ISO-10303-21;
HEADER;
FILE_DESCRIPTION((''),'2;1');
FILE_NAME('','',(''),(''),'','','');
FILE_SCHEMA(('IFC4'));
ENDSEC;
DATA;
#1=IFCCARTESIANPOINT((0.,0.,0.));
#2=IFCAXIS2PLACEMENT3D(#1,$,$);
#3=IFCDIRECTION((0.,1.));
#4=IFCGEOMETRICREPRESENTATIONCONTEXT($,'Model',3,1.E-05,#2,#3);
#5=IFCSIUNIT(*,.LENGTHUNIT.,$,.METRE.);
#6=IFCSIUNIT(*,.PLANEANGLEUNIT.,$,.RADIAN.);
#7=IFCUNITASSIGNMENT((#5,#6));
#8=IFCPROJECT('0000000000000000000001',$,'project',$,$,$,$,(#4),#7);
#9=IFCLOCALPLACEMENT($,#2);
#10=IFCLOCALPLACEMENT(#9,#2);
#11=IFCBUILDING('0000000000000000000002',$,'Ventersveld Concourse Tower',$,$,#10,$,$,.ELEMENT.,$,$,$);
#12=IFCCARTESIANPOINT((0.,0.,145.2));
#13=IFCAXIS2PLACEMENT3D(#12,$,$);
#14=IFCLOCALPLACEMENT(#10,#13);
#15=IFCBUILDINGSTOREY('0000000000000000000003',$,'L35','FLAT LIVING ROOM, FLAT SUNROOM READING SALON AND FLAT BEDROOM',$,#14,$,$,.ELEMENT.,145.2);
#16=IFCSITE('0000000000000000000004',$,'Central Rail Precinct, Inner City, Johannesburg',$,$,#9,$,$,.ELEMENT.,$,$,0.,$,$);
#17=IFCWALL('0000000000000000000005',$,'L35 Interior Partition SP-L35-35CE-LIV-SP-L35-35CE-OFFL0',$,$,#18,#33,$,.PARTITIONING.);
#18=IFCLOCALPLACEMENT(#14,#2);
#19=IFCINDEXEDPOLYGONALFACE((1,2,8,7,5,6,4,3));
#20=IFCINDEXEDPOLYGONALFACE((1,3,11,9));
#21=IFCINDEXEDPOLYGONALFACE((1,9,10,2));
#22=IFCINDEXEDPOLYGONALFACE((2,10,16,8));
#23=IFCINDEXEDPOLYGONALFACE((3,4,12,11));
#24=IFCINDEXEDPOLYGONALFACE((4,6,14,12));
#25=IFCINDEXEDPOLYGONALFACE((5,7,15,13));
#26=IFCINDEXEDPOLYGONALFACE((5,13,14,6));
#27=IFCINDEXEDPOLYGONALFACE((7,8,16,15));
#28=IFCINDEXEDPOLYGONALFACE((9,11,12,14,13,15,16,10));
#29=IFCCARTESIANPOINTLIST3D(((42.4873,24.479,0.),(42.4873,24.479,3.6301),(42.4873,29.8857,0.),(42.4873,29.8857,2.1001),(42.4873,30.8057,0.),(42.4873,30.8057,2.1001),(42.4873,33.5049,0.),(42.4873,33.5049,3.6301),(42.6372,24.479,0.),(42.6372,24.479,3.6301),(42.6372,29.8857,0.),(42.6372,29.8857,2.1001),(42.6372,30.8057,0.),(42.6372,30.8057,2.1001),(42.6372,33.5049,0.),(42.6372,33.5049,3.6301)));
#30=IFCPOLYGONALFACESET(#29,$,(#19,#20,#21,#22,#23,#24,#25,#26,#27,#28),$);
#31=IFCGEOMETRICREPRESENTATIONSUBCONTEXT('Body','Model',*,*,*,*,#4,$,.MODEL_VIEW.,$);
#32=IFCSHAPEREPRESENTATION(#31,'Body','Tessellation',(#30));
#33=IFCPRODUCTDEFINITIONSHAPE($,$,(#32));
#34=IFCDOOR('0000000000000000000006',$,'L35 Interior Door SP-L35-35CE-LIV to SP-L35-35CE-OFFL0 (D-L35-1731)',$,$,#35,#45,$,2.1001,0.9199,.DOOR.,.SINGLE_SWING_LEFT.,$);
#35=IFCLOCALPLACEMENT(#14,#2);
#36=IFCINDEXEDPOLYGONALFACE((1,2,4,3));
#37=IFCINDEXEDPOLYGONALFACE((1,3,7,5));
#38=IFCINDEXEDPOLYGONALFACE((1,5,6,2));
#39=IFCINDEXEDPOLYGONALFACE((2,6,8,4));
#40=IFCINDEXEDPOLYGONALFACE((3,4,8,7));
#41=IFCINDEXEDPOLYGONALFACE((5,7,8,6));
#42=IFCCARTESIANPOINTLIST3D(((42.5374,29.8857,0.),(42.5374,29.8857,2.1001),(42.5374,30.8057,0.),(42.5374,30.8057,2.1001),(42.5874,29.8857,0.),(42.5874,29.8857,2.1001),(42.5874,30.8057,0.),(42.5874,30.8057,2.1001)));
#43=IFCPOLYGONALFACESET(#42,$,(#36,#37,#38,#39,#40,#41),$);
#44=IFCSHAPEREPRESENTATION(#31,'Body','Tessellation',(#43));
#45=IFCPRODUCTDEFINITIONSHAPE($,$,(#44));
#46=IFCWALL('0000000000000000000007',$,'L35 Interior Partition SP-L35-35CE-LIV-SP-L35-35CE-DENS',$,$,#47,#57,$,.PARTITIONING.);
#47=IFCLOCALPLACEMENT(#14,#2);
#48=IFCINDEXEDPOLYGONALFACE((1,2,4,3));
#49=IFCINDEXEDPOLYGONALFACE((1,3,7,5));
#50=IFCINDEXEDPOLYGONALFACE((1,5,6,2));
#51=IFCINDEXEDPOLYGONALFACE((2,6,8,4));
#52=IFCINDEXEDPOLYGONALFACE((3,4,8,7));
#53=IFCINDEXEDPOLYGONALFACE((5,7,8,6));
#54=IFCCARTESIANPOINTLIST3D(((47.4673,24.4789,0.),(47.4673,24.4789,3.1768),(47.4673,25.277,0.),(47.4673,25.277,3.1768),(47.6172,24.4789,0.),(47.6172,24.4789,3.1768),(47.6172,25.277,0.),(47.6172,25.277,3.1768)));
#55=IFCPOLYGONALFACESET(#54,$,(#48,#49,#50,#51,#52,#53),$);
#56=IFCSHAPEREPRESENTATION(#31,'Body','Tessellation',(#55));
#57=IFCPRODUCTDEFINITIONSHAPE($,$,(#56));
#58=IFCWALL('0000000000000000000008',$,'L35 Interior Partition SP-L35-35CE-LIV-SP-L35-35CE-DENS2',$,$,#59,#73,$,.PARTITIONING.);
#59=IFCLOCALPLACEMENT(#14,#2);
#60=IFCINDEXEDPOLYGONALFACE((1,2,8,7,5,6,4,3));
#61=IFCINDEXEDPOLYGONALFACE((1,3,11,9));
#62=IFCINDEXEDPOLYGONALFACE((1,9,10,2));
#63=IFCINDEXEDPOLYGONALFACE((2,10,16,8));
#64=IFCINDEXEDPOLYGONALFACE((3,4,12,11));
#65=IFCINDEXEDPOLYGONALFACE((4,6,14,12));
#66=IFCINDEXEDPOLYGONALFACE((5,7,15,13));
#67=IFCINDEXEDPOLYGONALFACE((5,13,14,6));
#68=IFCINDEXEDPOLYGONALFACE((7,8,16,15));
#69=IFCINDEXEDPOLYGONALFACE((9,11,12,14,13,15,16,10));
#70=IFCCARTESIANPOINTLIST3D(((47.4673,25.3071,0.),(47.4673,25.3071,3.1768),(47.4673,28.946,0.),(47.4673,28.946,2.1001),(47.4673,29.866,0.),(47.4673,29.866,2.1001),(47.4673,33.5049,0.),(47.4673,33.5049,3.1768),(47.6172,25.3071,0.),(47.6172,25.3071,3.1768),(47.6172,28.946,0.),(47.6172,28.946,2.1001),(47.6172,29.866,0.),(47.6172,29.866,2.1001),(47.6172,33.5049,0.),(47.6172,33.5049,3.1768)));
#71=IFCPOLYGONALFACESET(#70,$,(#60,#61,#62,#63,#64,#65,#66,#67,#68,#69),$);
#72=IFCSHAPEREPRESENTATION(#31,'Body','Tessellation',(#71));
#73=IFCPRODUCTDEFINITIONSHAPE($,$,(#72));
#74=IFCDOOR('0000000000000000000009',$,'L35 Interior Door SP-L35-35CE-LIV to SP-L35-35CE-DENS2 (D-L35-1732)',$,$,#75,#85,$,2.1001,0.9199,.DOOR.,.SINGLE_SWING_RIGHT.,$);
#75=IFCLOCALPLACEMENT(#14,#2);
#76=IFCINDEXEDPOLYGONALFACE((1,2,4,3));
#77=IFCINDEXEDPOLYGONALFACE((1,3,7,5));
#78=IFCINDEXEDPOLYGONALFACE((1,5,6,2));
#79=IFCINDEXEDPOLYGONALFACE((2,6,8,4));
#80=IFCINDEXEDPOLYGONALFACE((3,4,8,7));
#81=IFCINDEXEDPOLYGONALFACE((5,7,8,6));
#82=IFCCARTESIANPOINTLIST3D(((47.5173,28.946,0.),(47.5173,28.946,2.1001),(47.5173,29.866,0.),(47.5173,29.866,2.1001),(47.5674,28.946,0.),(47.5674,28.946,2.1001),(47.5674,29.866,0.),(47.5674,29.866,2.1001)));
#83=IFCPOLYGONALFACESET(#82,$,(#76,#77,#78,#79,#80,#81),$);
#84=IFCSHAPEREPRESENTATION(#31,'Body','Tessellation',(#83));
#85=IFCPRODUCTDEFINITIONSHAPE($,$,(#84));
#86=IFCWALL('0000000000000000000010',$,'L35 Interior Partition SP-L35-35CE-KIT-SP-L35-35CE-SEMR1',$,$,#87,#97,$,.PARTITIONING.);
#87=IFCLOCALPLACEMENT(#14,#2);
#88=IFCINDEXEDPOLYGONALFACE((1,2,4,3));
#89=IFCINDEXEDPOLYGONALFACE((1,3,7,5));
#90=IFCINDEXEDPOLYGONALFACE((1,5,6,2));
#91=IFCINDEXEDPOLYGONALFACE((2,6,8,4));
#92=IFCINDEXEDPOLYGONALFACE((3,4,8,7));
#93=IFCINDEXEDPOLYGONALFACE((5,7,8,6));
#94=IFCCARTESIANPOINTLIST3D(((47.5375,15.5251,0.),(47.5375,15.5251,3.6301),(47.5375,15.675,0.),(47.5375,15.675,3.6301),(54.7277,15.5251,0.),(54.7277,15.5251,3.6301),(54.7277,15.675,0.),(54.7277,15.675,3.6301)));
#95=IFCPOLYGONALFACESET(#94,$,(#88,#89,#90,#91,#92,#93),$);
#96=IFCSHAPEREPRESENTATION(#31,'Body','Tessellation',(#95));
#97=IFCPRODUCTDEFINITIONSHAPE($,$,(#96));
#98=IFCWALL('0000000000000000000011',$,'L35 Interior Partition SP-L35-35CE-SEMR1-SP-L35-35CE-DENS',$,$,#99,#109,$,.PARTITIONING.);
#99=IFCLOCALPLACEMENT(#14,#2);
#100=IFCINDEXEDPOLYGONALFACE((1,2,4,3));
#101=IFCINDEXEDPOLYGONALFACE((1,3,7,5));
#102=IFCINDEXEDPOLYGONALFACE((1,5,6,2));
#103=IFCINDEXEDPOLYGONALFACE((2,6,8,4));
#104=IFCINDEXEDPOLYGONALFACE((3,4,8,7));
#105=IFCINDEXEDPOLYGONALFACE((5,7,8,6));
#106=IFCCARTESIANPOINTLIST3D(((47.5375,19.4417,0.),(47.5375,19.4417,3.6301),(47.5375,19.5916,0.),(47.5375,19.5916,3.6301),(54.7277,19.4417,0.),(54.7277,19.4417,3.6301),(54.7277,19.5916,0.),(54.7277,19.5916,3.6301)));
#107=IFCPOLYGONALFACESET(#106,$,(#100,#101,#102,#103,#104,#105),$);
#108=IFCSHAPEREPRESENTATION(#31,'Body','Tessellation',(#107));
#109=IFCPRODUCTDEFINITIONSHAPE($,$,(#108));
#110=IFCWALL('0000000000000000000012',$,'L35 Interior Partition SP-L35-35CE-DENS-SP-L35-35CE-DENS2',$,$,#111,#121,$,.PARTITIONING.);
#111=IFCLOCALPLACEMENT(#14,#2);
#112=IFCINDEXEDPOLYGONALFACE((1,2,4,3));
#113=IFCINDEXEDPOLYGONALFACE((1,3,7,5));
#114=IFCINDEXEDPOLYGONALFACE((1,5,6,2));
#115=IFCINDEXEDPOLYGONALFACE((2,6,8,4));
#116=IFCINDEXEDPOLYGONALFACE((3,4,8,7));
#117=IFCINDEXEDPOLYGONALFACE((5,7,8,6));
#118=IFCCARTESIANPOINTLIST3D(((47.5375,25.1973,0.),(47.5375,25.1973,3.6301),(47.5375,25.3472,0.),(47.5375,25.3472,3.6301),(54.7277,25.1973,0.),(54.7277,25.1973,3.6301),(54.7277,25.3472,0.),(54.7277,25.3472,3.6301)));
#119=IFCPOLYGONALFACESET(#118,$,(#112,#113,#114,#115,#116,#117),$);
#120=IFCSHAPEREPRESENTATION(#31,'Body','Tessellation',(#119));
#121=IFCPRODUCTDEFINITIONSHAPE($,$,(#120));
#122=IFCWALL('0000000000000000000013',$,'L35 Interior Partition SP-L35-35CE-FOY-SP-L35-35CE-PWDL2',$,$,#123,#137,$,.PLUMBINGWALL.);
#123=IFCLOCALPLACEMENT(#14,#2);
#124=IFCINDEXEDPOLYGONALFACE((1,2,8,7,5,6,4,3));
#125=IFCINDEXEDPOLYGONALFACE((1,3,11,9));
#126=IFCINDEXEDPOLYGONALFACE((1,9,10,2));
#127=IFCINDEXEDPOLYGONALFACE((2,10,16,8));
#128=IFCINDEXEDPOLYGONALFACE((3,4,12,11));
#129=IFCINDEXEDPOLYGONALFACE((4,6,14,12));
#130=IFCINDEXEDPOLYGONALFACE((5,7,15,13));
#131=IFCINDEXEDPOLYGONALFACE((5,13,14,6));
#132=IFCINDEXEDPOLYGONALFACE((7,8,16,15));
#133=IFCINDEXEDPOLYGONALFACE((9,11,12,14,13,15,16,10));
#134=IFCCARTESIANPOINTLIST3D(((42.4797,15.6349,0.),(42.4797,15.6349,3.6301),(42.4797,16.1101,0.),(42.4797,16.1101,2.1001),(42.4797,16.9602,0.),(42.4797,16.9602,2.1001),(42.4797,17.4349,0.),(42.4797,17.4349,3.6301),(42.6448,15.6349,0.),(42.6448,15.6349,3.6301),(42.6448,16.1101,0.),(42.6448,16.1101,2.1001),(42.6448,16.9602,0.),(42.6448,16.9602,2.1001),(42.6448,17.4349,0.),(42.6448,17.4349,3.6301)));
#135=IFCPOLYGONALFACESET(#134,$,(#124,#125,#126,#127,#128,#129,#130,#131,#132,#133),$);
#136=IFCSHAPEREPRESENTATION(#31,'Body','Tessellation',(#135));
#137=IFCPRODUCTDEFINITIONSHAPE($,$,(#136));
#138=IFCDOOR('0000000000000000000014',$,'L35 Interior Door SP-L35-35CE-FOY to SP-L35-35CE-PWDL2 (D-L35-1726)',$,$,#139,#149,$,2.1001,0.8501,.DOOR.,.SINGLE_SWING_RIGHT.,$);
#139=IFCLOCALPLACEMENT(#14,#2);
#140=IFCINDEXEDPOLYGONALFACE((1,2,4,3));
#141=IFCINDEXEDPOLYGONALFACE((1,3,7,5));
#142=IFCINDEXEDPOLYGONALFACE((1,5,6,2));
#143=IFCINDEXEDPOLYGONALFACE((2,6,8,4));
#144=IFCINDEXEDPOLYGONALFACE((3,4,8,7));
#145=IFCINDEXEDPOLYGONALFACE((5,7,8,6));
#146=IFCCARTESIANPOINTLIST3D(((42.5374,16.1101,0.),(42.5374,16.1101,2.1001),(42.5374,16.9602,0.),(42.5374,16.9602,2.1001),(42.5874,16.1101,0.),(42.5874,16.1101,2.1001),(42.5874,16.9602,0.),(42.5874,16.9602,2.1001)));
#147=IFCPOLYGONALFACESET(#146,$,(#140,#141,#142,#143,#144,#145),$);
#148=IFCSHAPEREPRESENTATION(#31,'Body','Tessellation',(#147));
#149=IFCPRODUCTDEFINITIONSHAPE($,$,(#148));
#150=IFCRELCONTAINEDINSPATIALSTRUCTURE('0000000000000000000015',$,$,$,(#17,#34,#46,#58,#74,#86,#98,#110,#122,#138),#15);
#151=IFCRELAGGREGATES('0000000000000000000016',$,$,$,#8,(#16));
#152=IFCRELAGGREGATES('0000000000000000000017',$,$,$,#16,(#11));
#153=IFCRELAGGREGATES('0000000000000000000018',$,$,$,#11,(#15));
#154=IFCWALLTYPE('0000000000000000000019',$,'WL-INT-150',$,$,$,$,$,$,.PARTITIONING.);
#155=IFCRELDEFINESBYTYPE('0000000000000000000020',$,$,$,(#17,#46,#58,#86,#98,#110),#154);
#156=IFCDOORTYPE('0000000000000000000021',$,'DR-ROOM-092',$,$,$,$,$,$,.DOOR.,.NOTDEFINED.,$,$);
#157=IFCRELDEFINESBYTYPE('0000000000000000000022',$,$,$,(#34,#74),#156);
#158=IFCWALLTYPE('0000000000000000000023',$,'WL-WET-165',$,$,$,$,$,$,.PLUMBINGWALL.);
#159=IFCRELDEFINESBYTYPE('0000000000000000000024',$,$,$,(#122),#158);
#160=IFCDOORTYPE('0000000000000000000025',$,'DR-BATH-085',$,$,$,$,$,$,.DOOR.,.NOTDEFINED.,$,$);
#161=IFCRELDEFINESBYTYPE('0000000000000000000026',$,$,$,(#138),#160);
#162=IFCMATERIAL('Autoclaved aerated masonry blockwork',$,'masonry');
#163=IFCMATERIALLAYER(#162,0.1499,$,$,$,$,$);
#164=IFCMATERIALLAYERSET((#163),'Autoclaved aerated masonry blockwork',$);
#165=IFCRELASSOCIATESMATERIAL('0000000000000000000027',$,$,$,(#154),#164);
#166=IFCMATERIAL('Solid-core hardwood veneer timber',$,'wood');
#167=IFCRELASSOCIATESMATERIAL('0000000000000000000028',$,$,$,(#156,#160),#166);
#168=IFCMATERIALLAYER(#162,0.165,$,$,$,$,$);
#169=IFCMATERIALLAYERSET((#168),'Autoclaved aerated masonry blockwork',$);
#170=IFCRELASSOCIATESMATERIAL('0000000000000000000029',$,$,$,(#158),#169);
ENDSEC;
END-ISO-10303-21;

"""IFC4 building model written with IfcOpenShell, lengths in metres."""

from ifc_helpers import new_model, si_unit, direction, frame, frame_2d, origin, place, context, subcontext, project, spatial, rectangle, extrude, material, layer, layer_set, type_object, element, fill, save


model = new_model("IFC4")

# Units and contexts
model_context = context("Model", 3, precision=1e-05, world=origin(), true_north=direction((0.0, 1.0)))
body_context = subcontext(model_context, "Body", "Model", "MODEL_VIEW")
ifc_project = project(units=[si_unit("LENGTHUNIT", "METRE"), si_unit("PLANEANGLEUNIT", "RADIAN")], contexts=[model_context])

# Site, building, storey
site_placement = place(None, origin())
site = spatial("IfcSite", under=ifc_project, at=site_placement, Name="Central Rail Precinct, Inner City, Johannesburg", CompositionType="ELEMENT", RefElevation=0.0)
building_placement = place(site_placement, origin())
building = spatial("IfcBuilding", under=site, at=building_placement, Name="Ventersveld Concourse Tower", CompositionType="ELEMENT")
storey_placement = place(building_placement, frame((0.0, 0.0, 145.2)))
storey = spatial("IfcBuildingStorey", under=building, at=storey_placement, Name="L35", Description="FLAT LIVING ROOM, FLAT SUNROOM READING SALON AND FLAT BEDROOM", CompositionType="ELEMENT", Elevation=145.2)

# Wall, opening, door
ifc_material_1 = material(Name="Autoclaved aerated masonry blockwork", Category="masonry")
ifc_layer_1 = layer(ifc_material_1, 0.1499)
ifc_layer_set_1 = layer_set([ifc_layer_1], Name="Autoclaved aerated masonry blockwork")
wall_type_1 = type_object("IfcWallType", Name="WL-INT-150", PredefinedType="PARTITIONING", material=ifc_layer_set_1)
ifc_material_2 = material(Name="Solid-core hardwood veneer timber", Category="wood")
door_type_1 = type_object("IfcDoorType", Name="DR-ROOM-092", OperationType="NOTDEFINED", PredefinedType="DOOR", material=ifc_material_2)
wall_1_placement = place(storey_placement, frame((42.5623, 24.479, 0.0), z_axis=(0.0, 0.0, 1.0), x_axis=(0.0, 1.0, 0.0)))
wall_1 = element("IfcWall", 1, at=wall_1_placement, inside=storey, type_object=wall_type_1, Name="L35 Interior Partition SP-L35-35CE-LIV-SP-L35-35CE-OFFL0", PredefinedType="PARTITIONING", context=body_context, shape_type="SweptSolid", body=[
    extrude(rectangle(XDim=9.0259, YDim=0.1499, at=frame_2d((4.5129, 0.0))), origin(), (0.0, 0.0, 1.0), 3.6301),
])
opening_1_placement = place(wall_1_placement, frame((5.4067, 0.0, 0.0)))
opening_1 = element("IfcOpeningElement", 2, at=opening_1_placement, cuts=wall_1, PredefinedType="OPENING", context=body_context, shape_type="SweptSolid", body=[
    extrude(rectangle(XDim=0.9199, YDim=2.1001, at=frame_2d((0.46, 1.05))), frame((0.0, 0.085, 0.0), z_axis=(0.0, -1.0, 0.0), x_axis=(1.0, 0.0, 0.0)), (0.0, 0.0, 1.0), 0.1699),
])
door_1_placement = place(opening_1_placement, origin())
door_1 = element("IfcDoor", 3, at=door_1_placement, inside=storey, type_object=door_type_1, Name="L35 Interior Door SP-L35-35CE-LIV to SP-L35-35CE-OFFL0 (D-L35-1731)", OperationType="SINGLE_SWING_LEFT", OverallHeight=2.1001, OverallWidth=0.9199, PredefinedType="DOOR", context=body_context, shape_type="SweptSolid", body=[
    extrude(rectangle(XDim=0.9199, YDim=2.1001, at=frame_2d((0.46, 1.05))), frame((0.0, 0.0249, 0.0), z_axis=(0.0, -1.0, 0.0), x_axis=(1.0, 0.0, 0.0)), (0.0, 0.0, 1.0), 0.05),
])
fill(opening_1, door_1)

# Wall
wall_2_placement = place(storey_placement, frame((47.5422, 24.479, 0.0), z_axis=(0.0, 0.0, 1.0), x_axis=(0.0, 1.0, 0.0)))
element("IfcWall", 4, at=wall_2_placement, inside=storey, type_object=wall_type_1, Name="L35 Interior Partition SP-L35-35CE-LIV-SP-L35-35CE-DENS", PredefinedType="PARTITIONING", context=body_context, shape_type="SweptSolid", body=[
    extrude(rectangle(XDim=0.7981, YDim=0.1499, at=frame_2d((0.3989, 0.0))), origin(), (0.0, 0.0, 1.0), 3.1768),
])

# Wall, opening, door
wall_3_placement = place(storey_placement, frame((47.5422, 25.3071, 0.0), z_axis=(0.0, 0.0, 1.0), x_axis=(0.0, 1.0, 0.0)))
wall_3 = element("IfcWall", 5, at=wall_3_placement, inside=storey, type_object=wall_type_1, Name="L35 Interior Partition SP-L35-35CE-LIV-SP-L35-35CE-DENS2", PredefinedType="PARTITIONING", context=body_context, shape_type="SweptSolid", body=[
    extrude(rectangle(XDim=8.1978, YDim=0.1499, at=frame_2d((4.0989, 0.0))), origin(), (0.0, 0.0, 1.0), 3.1768),
])
opening_2_placement = place(wall_3_placement, frame((3.6389, 0.0, 0.0)))
opening_2 = element("IfcOpeningElement", 6, at=opening_2_placement, cuts=wall_3, PredefinedType="OPENING", context=body_context, shape_type="SweptSolid", body=[
    extrude(rectangle(XDim=0.9199, YDim=2.1001, at=frame_2d((0.46, 1.05))), frame((0.0, 0.085, 0.0), z_axis=(0.0, -1.0, 0.0), x_axis=(1.0, 0.0, 0.0)), (0.0, 0.0, 1.0), 0.1699),
])
door_2_placement = place(opening_2_placement, origin())
door_2 = element("IfcDoor", 7, at=door_2_placement, inside=storey, type_object=door_type_1, Name="L35 Interior Door SP-L35-35CE-LIV to SP-L35-35CE-DENS2 (D-L35-1732)", OperationType="SINGLE_SWING_RIGHT", OverallHeight=2.1001, OverallWidth=0.9199, PredefinedType="DOOR", context=body_context, shape_type="SweptSolid", body=[
    extrude(rectangle(XDim=0.9199, YDim=2.1001, at=frame_2d((0.46, 1.05))), frame((0.0, 0.0249, 0.0), z_axis=(0.0, -1.0, 0.0), x_axis=(1.0, 0.0, 0.0)), (0.0, 0.0, 1.0), 0.05),
])
fill(opening_2, door_2)

# Walls
for number, where, z_axis, x_axis, name in (
    (8, (47.5374, 15.6001, 0.0), (0.0, 0.0, 1.0), (1.0, 0.0, 0.0), "L35 Interior Partition SP-L35-35CE-KIT-SP-L35-35CE-SEMR1"),
    (9, (47.5374, 19.5166, 0.0), (0.0, 0.0, 1.0), (1.0, 0.0, 0.0), "L35 Interior Partition SP-L35-35CE-SEMR1-SP-L35-35CE-DENS"),
    (10, (47.5374, 25.2722, 0.0), (0.0, 0.0, 1.0), (1.0, 0.0, 0.0), "L35 Interior Partition SP-L35-35CE-DENS-SP-L35-35CE-DENS2"),
):
    element("IfcWall", number, at=place(storey_placement, frame(where, z_axis=z_axis, x_axis=x_axis)), inside=storey, type_object=wall_type_1, Name=name, PredefinedType="PARTITIONING", context=body_context, shape_type="SweptSolid", body=[
        extrude(rectangle(XDim=7.1902, YDim=0.1499, at=frame_2d((3.5952, 0.0))), origin(), (0.0, 0.0, 1.0), 3.6301),
    ])

# Wall, opening, door
ifc_layer_2 = layer(ifc_material_1, 0.165)
ifc_layer_set_2 = layer_set([ifc_layer_2], Name="Autoclaved aerated masonry blockwork")
wall_type_2 = type_object("IfcWallType", Name="WL-WET-165", PredefinedType="PLUMBINGWALL", material=ifc_layer_set_2)
wall_4_placement = place(storey_placement, frame((42.5623, 15.635, 0.0), z_axis=(0.0, 0.0, 1.0), x_axis=(0.0, 1.0, 0.0)))
wall_4 = element("IfcWall", 11, at=wall_4_placement, inside=storey, type_object=wall_type_2, Name="L35 Interior Partition SP-L35-35CE-FOY-SP-L35-35CE-PWDL2", PredefinedType="PLUMBINGWALL", context=body_context, shape_type="SweptSolid", body=[
    extrude(rectangle(XDim=1.8, YDim=0.165, at=frame_2d((0.8999, 0.0))), origin(), (0.0, 0.0, 1.0), 3.6301),
])
opening_3_placement = place(wall_4_placement, frame((0.4751, 0.0, 0.0)))
opening_3 = element("IfcOpeningElement", 12, at=opening_3_placement, cuts=wall_4, PredefinedType="OPENING", context=body_context, shape_type="SweptSolid", body=[
    extrude(rectangle(XDim=0.8501, YDim=2.1001, at=frame_2d((0.425, 1.05))), frame((0.0, 0.0925, 0.0), z_axis=(0.0, -1.0, 0.0), x_axis=(1.0, 0.0, 0.0)), (0.0, 0.0, 1.0), 0.1851),
])
door_type_2 = type_object("IfcDoorType", Name="DR-BATH-085", OperationType="NOTDEFINED", PredefinedType="DOOR", material=ifc_material_2)
door_3_placement = place(opening_3_placement, origin())
door_3 = element("IfcDoor", 13, at=door_3_placement, inside=storey, type_object=door_type_2, Name="L35 Interior Door SP-L35-35CE-FOY to SP-L35-35CE-PWDL2 (D-L35-1726)", OperationType="SINGLE_SWING_RIGHT", OverallHeight=2.1001, OverallWidth=0.8501, PredefinedType="DOOR", context=body_context, shape_type="SweptSolid", body=[
    extrude(rectangle(XDim=0.8501, YDim=2.1001, at=frame_2d((0.425, 1.05))), frame((0.0, 0.0249, 0.0), z_axis=(0.0, -1.0, 0.0), x_axis=(1.0, 0.0, 0.0)), (0.0, 0.0, 1.0), 0.05),
])
fill(opening_3, door_3)

save(model, "model.ifc")
